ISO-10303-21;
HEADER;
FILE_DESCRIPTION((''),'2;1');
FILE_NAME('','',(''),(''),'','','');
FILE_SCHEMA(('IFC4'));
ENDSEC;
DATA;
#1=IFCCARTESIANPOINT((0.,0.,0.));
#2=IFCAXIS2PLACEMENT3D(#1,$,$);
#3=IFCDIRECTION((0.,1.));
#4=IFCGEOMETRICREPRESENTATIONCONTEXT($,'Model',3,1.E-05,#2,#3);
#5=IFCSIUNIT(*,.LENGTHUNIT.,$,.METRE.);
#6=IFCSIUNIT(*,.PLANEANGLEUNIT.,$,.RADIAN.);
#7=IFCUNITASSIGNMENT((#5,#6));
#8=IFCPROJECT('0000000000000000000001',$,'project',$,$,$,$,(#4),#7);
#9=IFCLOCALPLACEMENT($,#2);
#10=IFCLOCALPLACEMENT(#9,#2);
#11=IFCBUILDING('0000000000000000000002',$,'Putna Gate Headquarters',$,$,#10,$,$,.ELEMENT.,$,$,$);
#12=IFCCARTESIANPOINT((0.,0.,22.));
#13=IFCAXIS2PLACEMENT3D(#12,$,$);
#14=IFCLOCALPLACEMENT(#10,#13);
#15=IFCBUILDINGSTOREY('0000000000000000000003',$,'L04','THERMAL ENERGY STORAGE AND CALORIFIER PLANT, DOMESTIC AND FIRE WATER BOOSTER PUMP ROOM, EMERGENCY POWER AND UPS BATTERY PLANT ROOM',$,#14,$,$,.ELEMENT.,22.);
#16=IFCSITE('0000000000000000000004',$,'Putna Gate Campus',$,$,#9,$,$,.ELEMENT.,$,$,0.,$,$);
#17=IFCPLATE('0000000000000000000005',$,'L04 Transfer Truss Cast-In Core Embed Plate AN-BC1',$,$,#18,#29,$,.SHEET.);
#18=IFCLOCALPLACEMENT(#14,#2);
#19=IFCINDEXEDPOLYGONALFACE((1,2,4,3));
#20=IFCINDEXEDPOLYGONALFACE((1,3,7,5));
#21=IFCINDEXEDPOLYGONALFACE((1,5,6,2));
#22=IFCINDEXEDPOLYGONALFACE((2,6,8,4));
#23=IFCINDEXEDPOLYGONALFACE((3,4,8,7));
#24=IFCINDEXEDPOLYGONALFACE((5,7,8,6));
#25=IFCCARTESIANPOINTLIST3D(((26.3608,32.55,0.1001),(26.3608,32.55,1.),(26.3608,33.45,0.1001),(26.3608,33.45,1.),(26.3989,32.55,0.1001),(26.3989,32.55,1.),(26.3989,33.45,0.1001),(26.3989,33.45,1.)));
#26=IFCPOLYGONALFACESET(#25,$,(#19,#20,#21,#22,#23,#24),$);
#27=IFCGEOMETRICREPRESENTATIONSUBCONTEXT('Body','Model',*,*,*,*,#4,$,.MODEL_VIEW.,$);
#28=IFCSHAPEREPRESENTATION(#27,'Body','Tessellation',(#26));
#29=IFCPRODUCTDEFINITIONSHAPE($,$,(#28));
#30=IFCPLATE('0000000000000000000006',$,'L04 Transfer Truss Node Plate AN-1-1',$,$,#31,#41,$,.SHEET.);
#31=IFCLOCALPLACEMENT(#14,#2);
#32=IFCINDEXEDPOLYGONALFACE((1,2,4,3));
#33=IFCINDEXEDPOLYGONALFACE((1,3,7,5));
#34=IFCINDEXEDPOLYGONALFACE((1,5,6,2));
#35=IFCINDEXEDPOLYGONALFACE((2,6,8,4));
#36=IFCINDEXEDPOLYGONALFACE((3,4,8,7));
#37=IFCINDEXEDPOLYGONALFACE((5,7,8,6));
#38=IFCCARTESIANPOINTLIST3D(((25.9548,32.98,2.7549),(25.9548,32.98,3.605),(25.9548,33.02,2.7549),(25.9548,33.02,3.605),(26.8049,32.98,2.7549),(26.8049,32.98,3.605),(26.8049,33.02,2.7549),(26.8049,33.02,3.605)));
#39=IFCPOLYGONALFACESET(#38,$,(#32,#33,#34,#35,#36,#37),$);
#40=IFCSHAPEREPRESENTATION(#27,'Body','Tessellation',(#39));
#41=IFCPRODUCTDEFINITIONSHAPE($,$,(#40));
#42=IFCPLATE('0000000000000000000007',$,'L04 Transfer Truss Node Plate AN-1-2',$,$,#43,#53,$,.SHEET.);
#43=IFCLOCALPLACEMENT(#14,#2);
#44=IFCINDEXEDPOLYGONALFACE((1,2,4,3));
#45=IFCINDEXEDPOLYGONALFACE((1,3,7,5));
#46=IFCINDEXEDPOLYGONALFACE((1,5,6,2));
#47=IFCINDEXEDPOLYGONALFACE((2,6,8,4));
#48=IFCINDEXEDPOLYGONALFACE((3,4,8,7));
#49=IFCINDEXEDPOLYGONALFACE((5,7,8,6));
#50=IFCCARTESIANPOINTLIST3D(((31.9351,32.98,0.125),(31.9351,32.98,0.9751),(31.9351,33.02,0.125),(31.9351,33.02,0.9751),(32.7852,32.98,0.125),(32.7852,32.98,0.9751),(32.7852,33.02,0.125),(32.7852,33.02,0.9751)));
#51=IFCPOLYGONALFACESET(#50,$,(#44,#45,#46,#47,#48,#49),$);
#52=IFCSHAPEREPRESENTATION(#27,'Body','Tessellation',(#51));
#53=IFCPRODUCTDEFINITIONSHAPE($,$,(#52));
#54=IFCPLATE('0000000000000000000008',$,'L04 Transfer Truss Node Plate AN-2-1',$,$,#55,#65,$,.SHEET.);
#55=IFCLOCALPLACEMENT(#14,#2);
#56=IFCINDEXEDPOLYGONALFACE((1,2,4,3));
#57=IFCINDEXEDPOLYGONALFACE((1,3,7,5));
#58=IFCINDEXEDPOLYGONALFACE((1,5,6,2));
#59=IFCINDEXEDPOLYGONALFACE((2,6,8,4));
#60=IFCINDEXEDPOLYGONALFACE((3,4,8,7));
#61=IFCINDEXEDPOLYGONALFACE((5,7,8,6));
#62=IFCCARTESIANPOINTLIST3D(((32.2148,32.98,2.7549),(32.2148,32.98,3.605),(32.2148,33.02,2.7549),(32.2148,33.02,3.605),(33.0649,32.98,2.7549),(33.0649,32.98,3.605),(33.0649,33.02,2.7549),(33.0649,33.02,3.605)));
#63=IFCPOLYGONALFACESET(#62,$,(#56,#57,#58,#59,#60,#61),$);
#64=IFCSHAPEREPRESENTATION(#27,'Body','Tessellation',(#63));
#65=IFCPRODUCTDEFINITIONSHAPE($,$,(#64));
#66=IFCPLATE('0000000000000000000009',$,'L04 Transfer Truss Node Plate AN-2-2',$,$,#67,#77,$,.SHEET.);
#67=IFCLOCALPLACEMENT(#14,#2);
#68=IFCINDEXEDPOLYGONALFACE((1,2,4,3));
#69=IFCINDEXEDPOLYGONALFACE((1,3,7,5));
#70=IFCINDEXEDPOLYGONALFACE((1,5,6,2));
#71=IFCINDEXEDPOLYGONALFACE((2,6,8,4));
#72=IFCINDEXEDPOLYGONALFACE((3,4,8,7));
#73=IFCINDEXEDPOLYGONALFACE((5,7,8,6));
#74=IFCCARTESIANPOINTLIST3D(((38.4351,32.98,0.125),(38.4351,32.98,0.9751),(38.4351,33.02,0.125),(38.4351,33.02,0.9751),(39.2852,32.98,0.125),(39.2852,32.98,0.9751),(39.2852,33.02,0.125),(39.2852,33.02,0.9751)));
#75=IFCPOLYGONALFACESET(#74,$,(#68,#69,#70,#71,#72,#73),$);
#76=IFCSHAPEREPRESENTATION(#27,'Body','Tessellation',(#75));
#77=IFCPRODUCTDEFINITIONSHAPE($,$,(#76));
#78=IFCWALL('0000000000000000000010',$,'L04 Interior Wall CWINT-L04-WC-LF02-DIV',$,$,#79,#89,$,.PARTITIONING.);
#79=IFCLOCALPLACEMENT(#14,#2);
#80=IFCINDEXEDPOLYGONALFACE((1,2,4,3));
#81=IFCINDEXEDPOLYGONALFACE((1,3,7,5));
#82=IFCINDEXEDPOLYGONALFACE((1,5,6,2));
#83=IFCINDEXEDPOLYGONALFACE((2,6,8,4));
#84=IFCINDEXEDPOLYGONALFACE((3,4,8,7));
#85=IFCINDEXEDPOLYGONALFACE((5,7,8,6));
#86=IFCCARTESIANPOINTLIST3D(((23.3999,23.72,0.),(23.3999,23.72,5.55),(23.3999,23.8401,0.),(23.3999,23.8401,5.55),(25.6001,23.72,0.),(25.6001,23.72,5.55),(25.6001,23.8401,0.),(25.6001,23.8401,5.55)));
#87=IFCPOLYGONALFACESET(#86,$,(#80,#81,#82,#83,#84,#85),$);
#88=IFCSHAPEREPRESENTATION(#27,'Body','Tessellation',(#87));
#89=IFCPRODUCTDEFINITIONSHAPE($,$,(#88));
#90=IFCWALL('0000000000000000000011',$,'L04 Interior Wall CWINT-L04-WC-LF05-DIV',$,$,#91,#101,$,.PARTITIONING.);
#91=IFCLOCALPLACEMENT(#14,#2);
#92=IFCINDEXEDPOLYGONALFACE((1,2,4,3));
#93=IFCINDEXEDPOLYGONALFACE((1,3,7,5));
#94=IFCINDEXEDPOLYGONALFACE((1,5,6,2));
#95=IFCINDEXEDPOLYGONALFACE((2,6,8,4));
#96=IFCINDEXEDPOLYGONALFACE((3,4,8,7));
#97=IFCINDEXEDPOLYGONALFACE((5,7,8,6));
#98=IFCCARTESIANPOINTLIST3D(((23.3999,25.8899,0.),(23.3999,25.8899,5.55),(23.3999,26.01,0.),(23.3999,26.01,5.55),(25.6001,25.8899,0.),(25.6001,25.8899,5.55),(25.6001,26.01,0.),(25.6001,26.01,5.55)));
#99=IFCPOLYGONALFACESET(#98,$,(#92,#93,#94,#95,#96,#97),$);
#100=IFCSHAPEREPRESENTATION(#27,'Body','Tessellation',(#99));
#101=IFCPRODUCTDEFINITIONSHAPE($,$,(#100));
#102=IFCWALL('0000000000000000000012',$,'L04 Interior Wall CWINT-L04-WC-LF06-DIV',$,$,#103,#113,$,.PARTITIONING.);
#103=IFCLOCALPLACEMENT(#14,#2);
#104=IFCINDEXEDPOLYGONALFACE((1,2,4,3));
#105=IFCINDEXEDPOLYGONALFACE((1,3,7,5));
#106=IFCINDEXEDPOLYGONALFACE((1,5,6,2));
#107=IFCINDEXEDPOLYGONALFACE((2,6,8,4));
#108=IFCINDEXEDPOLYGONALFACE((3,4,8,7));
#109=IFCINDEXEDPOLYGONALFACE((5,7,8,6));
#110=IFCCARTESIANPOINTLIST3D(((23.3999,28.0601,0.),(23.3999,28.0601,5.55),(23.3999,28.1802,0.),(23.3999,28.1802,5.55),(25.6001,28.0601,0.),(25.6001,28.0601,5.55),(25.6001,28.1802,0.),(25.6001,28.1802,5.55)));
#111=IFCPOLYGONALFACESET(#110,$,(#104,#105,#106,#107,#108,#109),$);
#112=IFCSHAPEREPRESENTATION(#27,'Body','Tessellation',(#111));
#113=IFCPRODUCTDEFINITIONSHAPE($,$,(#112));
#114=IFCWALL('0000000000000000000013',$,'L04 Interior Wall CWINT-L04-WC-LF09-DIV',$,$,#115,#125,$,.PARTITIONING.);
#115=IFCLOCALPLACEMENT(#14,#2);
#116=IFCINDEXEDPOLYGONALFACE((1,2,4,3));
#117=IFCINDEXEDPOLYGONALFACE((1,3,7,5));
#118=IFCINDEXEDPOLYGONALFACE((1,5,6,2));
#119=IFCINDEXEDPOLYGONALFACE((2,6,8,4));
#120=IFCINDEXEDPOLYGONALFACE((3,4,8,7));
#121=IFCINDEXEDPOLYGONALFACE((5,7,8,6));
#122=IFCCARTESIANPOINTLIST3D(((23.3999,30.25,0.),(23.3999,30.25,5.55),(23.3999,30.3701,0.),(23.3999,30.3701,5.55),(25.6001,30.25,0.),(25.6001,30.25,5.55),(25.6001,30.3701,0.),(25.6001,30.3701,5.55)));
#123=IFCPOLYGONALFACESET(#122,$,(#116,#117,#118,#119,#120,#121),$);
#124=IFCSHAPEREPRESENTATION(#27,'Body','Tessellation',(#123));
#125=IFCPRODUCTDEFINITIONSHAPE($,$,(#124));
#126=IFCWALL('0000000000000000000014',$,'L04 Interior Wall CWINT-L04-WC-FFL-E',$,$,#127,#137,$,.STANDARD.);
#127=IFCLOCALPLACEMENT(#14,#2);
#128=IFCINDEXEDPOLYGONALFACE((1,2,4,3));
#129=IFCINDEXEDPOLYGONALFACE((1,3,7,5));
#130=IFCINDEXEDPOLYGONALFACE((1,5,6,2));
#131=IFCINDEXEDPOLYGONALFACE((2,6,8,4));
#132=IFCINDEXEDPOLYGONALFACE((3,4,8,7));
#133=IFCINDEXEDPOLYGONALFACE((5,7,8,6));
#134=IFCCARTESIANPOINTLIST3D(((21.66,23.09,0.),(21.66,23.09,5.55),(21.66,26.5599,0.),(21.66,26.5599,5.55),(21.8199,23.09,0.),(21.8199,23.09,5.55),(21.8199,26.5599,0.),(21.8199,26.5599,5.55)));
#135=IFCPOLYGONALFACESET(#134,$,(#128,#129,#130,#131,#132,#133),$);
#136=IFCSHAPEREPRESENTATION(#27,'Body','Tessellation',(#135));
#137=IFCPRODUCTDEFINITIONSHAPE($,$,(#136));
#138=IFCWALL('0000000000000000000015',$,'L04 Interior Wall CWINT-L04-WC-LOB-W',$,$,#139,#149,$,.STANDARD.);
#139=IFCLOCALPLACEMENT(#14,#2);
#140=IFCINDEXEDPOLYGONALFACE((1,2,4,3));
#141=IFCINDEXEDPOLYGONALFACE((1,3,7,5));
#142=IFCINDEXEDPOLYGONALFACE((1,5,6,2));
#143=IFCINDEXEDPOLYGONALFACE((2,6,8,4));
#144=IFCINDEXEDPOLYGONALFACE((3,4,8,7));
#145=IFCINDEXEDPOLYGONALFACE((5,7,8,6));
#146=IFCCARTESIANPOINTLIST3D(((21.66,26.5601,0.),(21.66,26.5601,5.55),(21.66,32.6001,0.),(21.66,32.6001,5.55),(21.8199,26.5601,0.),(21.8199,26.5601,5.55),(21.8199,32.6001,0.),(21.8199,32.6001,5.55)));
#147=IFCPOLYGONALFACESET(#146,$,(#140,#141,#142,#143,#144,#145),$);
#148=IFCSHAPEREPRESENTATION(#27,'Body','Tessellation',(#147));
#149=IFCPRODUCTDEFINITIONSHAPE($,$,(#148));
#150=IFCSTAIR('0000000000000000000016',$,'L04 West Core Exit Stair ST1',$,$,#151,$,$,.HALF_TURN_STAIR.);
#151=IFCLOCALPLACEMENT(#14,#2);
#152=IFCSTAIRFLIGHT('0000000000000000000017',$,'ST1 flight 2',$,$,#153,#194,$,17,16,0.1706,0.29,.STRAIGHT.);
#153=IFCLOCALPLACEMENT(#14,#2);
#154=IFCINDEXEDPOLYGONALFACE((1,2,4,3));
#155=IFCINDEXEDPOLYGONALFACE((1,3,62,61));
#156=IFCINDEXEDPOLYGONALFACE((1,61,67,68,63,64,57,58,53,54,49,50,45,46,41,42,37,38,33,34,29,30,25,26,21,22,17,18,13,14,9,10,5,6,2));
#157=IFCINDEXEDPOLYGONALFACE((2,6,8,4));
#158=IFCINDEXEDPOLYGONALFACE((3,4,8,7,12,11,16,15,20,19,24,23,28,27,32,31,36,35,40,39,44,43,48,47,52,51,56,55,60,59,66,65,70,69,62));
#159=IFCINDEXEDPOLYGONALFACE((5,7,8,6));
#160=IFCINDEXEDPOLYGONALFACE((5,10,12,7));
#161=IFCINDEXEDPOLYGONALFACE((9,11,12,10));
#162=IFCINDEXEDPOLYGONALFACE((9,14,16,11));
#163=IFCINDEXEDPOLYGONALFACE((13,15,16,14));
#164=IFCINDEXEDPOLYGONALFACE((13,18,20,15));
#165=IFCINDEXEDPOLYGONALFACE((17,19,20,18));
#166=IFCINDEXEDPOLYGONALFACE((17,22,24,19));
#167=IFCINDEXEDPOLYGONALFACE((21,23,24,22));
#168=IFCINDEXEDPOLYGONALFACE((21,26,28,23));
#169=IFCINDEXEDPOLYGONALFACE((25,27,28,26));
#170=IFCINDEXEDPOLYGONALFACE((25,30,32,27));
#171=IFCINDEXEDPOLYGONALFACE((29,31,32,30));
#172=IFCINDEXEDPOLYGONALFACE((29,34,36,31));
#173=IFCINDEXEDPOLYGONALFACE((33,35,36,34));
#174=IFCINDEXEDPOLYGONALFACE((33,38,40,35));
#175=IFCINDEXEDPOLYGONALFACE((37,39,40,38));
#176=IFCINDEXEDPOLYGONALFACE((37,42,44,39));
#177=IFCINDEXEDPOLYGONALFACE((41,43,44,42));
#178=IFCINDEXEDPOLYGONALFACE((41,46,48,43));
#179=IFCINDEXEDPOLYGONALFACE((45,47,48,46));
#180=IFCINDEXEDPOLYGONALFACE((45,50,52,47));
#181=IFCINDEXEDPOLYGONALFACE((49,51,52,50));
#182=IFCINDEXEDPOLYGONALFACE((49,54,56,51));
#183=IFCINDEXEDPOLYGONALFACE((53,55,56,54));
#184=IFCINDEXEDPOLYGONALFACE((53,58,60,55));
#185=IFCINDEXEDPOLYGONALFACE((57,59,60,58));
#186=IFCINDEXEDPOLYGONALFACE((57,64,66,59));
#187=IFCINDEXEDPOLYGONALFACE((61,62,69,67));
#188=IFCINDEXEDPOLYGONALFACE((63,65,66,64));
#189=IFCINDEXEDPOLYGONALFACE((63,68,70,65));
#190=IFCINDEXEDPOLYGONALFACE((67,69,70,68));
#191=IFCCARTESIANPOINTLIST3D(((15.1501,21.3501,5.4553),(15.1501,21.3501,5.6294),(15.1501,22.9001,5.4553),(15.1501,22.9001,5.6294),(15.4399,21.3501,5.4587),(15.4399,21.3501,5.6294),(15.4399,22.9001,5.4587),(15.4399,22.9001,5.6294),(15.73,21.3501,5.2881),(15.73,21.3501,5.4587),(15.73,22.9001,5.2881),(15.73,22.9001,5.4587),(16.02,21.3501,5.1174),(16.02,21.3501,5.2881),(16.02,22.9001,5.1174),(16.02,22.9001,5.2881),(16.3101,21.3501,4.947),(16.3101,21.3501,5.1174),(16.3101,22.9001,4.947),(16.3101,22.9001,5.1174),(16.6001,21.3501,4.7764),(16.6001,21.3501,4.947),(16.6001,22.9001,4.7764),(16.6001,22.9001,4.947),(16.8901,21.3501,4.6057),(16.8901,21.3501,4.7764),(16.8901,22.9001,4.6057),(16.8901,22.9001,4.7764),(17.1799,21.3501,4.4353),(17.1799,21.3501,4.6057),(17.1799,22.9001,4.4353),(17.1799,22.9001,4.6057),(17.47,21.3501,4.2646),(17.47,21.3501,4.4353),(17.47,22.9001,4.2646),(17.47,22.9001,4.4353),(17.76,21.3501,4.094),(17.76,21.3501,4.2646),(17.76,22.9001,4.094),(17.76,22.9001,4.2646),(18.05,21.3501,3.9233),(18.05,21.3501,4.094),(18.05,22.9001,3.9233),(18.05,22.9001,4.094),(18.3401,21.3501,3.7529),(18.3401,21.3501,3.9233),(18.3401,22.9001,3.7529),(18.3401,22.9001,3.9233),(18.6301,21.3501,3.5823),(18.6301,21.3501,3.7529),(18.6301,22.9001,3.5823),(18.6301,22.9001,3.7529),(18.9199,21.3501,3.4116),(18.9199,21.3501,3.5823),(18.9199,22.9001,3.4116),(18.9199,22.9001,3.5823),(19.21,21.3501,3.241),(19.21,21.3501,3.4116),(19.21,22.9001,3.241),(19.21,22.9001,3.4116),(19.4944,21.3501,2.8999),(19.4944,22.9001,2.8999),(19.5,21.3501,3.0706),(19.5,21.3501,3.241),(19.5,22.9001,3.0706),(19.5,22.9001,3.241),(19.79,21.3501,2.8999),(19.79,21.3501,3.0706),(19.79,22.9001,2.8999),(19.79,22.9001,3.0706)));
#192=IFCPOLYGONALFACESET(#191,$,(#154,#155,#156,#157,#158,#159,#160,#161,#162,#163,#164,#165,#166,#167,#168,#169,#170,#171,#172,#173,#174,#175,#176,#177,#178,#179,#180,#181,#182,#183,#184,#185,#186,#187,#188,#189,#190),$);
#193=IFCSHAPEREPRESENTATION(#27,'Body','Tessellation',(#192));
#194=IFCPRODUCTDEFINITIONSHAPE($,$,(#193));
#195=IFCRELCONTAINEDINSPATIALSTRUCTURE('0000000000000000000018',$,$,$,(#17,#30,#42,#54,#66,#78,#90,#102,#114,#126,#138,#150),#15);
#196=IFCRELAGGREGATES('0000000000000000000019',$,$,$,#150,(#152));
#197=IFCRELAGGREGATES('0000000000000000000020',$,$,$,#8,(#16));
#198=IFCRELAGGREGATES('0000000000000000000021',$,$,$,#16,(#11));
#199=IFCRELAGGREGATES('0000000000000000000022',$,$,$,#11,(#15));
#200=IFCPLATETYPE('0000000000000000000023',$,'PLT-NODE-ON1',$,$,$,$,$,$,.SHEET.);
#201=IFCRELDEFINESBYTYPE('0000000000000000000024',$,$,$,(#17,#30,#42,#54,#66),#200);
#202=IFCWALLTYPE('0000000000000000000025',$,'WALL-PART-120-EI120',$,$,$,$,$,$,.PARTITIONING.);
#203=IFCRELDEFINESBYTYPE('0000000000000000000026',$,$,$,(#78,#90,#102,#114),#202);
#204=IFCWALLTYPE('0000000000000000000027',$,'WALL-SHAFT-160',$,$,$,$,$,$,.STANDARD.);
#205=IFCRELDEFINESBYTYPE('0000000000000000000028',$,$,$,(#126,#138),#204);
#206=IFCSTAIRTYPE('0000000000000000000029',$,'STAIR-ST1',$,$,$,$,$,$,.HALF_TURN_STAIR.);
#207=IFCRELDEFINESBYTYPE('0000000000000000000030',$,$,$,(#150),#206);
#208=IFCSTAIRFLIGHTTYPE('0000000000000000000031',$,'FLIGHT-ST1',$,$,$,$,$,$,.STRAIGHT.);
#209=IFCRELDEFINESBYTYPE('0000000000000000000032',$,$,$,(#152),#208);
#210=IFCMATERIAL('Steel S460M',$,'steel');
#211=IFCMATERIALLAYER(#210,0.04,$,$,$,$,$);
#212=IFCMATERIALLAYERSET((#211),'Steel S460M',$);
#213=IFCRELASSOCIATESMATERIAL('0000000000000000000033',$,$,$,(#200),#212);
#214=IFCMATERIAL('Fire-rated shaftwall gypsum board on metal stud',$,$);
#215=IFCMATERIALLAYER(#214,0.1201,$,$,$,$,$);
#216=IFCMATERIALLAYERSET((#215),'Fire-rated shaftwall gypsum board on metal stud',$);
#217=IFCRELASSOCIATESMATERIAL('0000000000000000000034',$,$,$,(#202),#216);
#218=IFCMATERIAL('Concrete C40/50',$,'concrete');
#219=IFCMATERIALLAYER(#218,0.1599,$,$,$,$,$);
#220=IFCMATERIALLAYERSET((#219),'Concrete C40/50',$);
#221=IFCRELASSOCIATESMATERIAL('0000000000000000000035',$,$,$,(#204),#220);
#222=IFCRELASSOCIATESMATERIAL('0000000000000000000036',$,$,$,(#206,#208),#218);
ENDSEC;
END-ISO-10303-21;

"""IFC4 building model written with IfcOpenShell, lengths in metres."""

from ifc_helpers import new_model, si_unit, direction, frame, frame_2d, origin, origin_2d, place, context, subcontext, project, spatial, polyline, rectangle, outline, extrude, material, layer, layer_set, type_object, element, aggregate, save


model = new_model("IFC4")

# Units and contexts
model_context = context("Model", 3, precision=1e-05, world=origin(), true_north=direction((0.0, 1.0)))
body_context = subcontext(model_context, "Body", "Model", "MODEL_VIEW")
ifc_project = project(units=[si_unit("LENGTHUNIT", "METRE"), si_unit("PLANEANGLEUNIT", "RADIAN")], contexts=[model_context])

# Site, building, storey
site_placement = place(None, origin())
site = spatial("IfcSite", under=ifc_project, at=site_placement, Name="Putna Gate Campus", CompositionType="ELEMENT", RefElevation=0.0)
building_placement = place(site_placement, origin())
building = spatial("IfcBuilding", under=site, at=building_placement, Name="Putna Gate Headquarters", CompositionType="ELEMENT")
storey_placement = place(building_placement, frame((0.0, 0.0, 22.0)))
storey = spatial("IfcBuildingStorey", under=building, at=storey_placement, Name="L04", Description="THERMAL ENERGY STORAGE AND CALORIFIER PLANT, DOMESTIC AND FIRE WATER BOOSTER PUMP ROOM, EMERGENCY POWER AND UPS BATTERY PLANT ROOM", CompositionType="ELEMENT", Elevation=22.0)

# Shared definitions
ifc_material_1 = material(Name="Steel S460M", Category="steel")

# Plates
ifc_layer_1 = layer(ifc_material_1, 0.04)
ifc_layer_set_1 = layer_set([ifc_layer_1], Name="Steel S460M")
plate_type = type_object("IfcPlateType", Name="PLT-NODE-ON1", PredefinedType="SHEET", material=ifc_layer_set_1)
plate_placement = place(storey_placement, frame((26.3799, 33.0, 0.1001), z_axis=(0.0, 0.0, 1.0), x_axis=(1.0, 0.0, 0.0)))
element("IfcPlate", 1, at=plate_placement, inside=storey, type_object=plate_type, Name="L04 Transfer Truss Cast-In Core Embed Plate AN-BC1", PredefinedType="SHEET", context=body_context, shape_type="SweptSolid", body=[
    extrude(rectangle(XDim=0.0381, YDim=0.8999, at=origin_2d()), origin(), (0.0, 0.0, 1.0), 0.8999),
])
for number, where, z_axis, x_axis, name in (
    (2, (26.3799, 33.0, 2.7549), (0.0, 0.0, 1.0), (1.0, 0.0, 0.0), "L04 Transfer Truss Node Plate AN-1-1"),
    (3, (32.3601, 33.0, 0.125), (0.0, 0.0, 1.0), (1.0, 0.0, 0.0), "L04 Transfer Truss Node Plate AN-1-2"),
    (4, (32.6399, 33.0, 2.7549), (0.0, 0.0, 1.0), (1.0, 0.0, 0.0), "L04 Transfer Truss Node Plate AN-2-1"),
    (5, (38.8601, 33.0, 0.125), (0.0, 0.0, 1.0), (1.0, 0.0, 0.0), "L04 Transfer Truss Node Plate AN-2-2"),
):
    element("IfcPlate", number, at=place(storey_placement, frame(where, z_axis=z_axis, x_axis=x_axis)), inside=storey, type_object=plate_type, Name=name, PredefinedType="SHEET", context=body_context, shape_type="SweptSolid", body=[
        extrude(rectangle(XDim=0.8501, YDim=0.04, at=origin_2d()), origin(), (0.0, 0.0, 1.0), 0.8501),
    ])

# Walls
ifc_material_2 = material(Name="Fire-rated shaftwall gypsum board on metal stud")
ifc_layer_2 = layer(ifc_material_2, 0.1201)
ifc_layer_set_2 = layer_set([ifc_layer_2], Name="Fire-rated shaftwall gypsum board on metal stud")
wall_type_1 = type_object("IfcWallType", Name="WALL-PART-120-EI120", PredefinedType="PARTITIONING", material=ifc_layer_set_2)
for number, where, z_axis, x_axis, name in (
    (6, (23.3999, 23.78, 0.0), (0.0, 0.0, 1.0), (1.0, 0.0, 0.0), "L04 Interior Wall CWINT-L04-WC-LF02-DIV"),
    (7, (23.3999, 25.95, 0.0), (0.0, 0.0, 1.0), (1.0, 0.0, 0.0), "L04 Interior Wall CWINT-L04-WC-LF05-DIV"),
    (8, (23.3999, 28.1201, 0.0), (0.0, 0.0, 1.0), (1.0, 0.0, 0.0), "L04 Interior Wall CWINT-L04-WC-LF06-DIV"),
    (9, (23.3999, 30.3101, 0.0), (0.0, 0.0, 1.0), (1.0, 0.0, 0.0), "L04 Interior Wall CWINT-L04-WC-LF09-DIV"),
):
    element("IfcWall", number, at=place(storey_placement, frame(where, z_axis=z_axis, x_axis=x_axis)), inside=storey, type_object=wall_type_1, Name=name, PredefinedType="PARTITIONING", context=body_context, shape_type="SweptSolid", body=[
        extrude(rectangle(XDim=2.2002, YDim=0.1201, at=frame_2d((1.1001, 0.0))), origin(), (0.0, 0.0, 1.0), 5.55),
    ])
ifc_material_3 = material(Name="Concrete C40/50", Category="concrete")
ifc_layer_3 = layer(ifc_material_3, 0.1599)
ifc_layer_set_3 = layer_set([ifc_layer_3], Name="Concrete C40/50")
wall_type_2 = type_object("IfcWallType", Name="WALL-SHAFT-160", PredefinedType="STANDARD", material=ifc_layer_set_3)
wall_1_placement = place(storey_placement, frame((21.74, 23.0901, 0.0), z_axis=(0.0, 0.0, 1.0), x_axis=(0.0, 1.0, 0.0)))
element("IfcWall", 10, at=wall_1_placement, inside=storey, type_object=wall_type_2, Name="L04 Interior Wall CWINT-L04-WC-FFL-E", PredefinedType="STANDARD", context=body_context, shape_type="SweptSolid", body=[
    extrude(rectangle(XDim=3.47, YDim=0.1599, at=frame_2d((1.7349, 0.0))), origin(), (0.0, 0.0, 1.0), 5.55),
])
wall_2_placement = place(storey_placement, frame((21.74, 26.5601, 0.0), z_axis=(0.0, 0.0, 1.0), x_axis=(0.0, 1.0, 0.0)))
element("IfcWall", 11, at=wall_2_placement, inside=storey, type_object=wall_type_2, Name="L04 Interior Wall CWINT-L04-WC-LOB-W", PredefinedType="STANDARD", context=body_context, shape_type="SweptSolid", body=[
    extrude(rectangle(XDim=6.04, YDim=0.1599, at=frame_2d((3.02, 0.0))), origin(), (0.0, 0.0, 1.0), 5.55),
])

# Stair, stair flight
stair_type = type_object("IfcStairType", Name="STAIR-ST1", PredefinedType="HALF_TURN_STAIR", material=ifc_material_3)
stair_placement = place(storey_placement, origin())
stair = element("IfcStair", 12, at=stair_placement, inside=storey, type_object=stair_type, Name="L04 West Core Exit Stair ST1", PredefinedType="HALF_TURN_STAIR")
stair_flight_type = type_object("IfcStairFlightType", Name="FLIGHT-ST1", PredefinedType="STRAIGHT", material=ifc_material_3)
stair_flight_placement = place(storey_placement, frame((19.79, 22.125, 2.8999), z_axis=(0.0, 0.0, 1.0), x_axis=(-1.0, 0.0, 0.0)))
stair_flight = element("IfcStairFlight", 13, at=stair_flight_placement, type_object=stair_flight_type, Name="ST1 flight 2", NumberOfRisers=17, NumberOfTreads=16, PredefinedType="STRAIGHT", RiserHeight=0.1706, TreadLength=0.29, context=body_context, shape_type="SweptSolid", body=[
    extrude(outline(polyline([(0.0, 0.0), (0.0, 0.1707), (0.29, 0.1707), (0.29, 0.3411), (0.5801, 0.3411), (0.5801, 0.5117), (0.8701, 0.5117), (0.8701, 0.6824), (1.1599, 0.6824), (1.1599, 0.853), (1.45, 0.853), (1.45, 1.0234), (1.74, 1.0234), (1.74, 1.1941), (2.03, 1.1941), (2.03, 1.3647), (2.3201, 1.3647), (2.3201, 1.5354), (2.6101, 1.5354), (2.6101, 1.7058), (2.8999, 1.7058), (2.8999, 1.8765), (3.1899, 1.8765), (3.1899, 2.0471), (3.48, 2.0471), (3.48, 2.2175), (3.77, 2.2175), (3.77, 2.3882), (4.0601, 2.3882), (4.0601, 2.5588), (4.3501, 2.5588), (4.3501, 2.7295), (4.6399, 2.7295), (4.6399, 2.8999), (4.6399, 2.5554), (0.2957, 0.0), (0.0, 0.0)])), frame((0.0, 0.7749, 0.0), z_axis=(0.0, -1.0, 0.0), x_axis=(1.0, 0.0, 0.0)), (0.0, 0.0, 1.0), 1.55),
])
aggregate(stair, [stair_flight])

save(model, "model.ifc")
